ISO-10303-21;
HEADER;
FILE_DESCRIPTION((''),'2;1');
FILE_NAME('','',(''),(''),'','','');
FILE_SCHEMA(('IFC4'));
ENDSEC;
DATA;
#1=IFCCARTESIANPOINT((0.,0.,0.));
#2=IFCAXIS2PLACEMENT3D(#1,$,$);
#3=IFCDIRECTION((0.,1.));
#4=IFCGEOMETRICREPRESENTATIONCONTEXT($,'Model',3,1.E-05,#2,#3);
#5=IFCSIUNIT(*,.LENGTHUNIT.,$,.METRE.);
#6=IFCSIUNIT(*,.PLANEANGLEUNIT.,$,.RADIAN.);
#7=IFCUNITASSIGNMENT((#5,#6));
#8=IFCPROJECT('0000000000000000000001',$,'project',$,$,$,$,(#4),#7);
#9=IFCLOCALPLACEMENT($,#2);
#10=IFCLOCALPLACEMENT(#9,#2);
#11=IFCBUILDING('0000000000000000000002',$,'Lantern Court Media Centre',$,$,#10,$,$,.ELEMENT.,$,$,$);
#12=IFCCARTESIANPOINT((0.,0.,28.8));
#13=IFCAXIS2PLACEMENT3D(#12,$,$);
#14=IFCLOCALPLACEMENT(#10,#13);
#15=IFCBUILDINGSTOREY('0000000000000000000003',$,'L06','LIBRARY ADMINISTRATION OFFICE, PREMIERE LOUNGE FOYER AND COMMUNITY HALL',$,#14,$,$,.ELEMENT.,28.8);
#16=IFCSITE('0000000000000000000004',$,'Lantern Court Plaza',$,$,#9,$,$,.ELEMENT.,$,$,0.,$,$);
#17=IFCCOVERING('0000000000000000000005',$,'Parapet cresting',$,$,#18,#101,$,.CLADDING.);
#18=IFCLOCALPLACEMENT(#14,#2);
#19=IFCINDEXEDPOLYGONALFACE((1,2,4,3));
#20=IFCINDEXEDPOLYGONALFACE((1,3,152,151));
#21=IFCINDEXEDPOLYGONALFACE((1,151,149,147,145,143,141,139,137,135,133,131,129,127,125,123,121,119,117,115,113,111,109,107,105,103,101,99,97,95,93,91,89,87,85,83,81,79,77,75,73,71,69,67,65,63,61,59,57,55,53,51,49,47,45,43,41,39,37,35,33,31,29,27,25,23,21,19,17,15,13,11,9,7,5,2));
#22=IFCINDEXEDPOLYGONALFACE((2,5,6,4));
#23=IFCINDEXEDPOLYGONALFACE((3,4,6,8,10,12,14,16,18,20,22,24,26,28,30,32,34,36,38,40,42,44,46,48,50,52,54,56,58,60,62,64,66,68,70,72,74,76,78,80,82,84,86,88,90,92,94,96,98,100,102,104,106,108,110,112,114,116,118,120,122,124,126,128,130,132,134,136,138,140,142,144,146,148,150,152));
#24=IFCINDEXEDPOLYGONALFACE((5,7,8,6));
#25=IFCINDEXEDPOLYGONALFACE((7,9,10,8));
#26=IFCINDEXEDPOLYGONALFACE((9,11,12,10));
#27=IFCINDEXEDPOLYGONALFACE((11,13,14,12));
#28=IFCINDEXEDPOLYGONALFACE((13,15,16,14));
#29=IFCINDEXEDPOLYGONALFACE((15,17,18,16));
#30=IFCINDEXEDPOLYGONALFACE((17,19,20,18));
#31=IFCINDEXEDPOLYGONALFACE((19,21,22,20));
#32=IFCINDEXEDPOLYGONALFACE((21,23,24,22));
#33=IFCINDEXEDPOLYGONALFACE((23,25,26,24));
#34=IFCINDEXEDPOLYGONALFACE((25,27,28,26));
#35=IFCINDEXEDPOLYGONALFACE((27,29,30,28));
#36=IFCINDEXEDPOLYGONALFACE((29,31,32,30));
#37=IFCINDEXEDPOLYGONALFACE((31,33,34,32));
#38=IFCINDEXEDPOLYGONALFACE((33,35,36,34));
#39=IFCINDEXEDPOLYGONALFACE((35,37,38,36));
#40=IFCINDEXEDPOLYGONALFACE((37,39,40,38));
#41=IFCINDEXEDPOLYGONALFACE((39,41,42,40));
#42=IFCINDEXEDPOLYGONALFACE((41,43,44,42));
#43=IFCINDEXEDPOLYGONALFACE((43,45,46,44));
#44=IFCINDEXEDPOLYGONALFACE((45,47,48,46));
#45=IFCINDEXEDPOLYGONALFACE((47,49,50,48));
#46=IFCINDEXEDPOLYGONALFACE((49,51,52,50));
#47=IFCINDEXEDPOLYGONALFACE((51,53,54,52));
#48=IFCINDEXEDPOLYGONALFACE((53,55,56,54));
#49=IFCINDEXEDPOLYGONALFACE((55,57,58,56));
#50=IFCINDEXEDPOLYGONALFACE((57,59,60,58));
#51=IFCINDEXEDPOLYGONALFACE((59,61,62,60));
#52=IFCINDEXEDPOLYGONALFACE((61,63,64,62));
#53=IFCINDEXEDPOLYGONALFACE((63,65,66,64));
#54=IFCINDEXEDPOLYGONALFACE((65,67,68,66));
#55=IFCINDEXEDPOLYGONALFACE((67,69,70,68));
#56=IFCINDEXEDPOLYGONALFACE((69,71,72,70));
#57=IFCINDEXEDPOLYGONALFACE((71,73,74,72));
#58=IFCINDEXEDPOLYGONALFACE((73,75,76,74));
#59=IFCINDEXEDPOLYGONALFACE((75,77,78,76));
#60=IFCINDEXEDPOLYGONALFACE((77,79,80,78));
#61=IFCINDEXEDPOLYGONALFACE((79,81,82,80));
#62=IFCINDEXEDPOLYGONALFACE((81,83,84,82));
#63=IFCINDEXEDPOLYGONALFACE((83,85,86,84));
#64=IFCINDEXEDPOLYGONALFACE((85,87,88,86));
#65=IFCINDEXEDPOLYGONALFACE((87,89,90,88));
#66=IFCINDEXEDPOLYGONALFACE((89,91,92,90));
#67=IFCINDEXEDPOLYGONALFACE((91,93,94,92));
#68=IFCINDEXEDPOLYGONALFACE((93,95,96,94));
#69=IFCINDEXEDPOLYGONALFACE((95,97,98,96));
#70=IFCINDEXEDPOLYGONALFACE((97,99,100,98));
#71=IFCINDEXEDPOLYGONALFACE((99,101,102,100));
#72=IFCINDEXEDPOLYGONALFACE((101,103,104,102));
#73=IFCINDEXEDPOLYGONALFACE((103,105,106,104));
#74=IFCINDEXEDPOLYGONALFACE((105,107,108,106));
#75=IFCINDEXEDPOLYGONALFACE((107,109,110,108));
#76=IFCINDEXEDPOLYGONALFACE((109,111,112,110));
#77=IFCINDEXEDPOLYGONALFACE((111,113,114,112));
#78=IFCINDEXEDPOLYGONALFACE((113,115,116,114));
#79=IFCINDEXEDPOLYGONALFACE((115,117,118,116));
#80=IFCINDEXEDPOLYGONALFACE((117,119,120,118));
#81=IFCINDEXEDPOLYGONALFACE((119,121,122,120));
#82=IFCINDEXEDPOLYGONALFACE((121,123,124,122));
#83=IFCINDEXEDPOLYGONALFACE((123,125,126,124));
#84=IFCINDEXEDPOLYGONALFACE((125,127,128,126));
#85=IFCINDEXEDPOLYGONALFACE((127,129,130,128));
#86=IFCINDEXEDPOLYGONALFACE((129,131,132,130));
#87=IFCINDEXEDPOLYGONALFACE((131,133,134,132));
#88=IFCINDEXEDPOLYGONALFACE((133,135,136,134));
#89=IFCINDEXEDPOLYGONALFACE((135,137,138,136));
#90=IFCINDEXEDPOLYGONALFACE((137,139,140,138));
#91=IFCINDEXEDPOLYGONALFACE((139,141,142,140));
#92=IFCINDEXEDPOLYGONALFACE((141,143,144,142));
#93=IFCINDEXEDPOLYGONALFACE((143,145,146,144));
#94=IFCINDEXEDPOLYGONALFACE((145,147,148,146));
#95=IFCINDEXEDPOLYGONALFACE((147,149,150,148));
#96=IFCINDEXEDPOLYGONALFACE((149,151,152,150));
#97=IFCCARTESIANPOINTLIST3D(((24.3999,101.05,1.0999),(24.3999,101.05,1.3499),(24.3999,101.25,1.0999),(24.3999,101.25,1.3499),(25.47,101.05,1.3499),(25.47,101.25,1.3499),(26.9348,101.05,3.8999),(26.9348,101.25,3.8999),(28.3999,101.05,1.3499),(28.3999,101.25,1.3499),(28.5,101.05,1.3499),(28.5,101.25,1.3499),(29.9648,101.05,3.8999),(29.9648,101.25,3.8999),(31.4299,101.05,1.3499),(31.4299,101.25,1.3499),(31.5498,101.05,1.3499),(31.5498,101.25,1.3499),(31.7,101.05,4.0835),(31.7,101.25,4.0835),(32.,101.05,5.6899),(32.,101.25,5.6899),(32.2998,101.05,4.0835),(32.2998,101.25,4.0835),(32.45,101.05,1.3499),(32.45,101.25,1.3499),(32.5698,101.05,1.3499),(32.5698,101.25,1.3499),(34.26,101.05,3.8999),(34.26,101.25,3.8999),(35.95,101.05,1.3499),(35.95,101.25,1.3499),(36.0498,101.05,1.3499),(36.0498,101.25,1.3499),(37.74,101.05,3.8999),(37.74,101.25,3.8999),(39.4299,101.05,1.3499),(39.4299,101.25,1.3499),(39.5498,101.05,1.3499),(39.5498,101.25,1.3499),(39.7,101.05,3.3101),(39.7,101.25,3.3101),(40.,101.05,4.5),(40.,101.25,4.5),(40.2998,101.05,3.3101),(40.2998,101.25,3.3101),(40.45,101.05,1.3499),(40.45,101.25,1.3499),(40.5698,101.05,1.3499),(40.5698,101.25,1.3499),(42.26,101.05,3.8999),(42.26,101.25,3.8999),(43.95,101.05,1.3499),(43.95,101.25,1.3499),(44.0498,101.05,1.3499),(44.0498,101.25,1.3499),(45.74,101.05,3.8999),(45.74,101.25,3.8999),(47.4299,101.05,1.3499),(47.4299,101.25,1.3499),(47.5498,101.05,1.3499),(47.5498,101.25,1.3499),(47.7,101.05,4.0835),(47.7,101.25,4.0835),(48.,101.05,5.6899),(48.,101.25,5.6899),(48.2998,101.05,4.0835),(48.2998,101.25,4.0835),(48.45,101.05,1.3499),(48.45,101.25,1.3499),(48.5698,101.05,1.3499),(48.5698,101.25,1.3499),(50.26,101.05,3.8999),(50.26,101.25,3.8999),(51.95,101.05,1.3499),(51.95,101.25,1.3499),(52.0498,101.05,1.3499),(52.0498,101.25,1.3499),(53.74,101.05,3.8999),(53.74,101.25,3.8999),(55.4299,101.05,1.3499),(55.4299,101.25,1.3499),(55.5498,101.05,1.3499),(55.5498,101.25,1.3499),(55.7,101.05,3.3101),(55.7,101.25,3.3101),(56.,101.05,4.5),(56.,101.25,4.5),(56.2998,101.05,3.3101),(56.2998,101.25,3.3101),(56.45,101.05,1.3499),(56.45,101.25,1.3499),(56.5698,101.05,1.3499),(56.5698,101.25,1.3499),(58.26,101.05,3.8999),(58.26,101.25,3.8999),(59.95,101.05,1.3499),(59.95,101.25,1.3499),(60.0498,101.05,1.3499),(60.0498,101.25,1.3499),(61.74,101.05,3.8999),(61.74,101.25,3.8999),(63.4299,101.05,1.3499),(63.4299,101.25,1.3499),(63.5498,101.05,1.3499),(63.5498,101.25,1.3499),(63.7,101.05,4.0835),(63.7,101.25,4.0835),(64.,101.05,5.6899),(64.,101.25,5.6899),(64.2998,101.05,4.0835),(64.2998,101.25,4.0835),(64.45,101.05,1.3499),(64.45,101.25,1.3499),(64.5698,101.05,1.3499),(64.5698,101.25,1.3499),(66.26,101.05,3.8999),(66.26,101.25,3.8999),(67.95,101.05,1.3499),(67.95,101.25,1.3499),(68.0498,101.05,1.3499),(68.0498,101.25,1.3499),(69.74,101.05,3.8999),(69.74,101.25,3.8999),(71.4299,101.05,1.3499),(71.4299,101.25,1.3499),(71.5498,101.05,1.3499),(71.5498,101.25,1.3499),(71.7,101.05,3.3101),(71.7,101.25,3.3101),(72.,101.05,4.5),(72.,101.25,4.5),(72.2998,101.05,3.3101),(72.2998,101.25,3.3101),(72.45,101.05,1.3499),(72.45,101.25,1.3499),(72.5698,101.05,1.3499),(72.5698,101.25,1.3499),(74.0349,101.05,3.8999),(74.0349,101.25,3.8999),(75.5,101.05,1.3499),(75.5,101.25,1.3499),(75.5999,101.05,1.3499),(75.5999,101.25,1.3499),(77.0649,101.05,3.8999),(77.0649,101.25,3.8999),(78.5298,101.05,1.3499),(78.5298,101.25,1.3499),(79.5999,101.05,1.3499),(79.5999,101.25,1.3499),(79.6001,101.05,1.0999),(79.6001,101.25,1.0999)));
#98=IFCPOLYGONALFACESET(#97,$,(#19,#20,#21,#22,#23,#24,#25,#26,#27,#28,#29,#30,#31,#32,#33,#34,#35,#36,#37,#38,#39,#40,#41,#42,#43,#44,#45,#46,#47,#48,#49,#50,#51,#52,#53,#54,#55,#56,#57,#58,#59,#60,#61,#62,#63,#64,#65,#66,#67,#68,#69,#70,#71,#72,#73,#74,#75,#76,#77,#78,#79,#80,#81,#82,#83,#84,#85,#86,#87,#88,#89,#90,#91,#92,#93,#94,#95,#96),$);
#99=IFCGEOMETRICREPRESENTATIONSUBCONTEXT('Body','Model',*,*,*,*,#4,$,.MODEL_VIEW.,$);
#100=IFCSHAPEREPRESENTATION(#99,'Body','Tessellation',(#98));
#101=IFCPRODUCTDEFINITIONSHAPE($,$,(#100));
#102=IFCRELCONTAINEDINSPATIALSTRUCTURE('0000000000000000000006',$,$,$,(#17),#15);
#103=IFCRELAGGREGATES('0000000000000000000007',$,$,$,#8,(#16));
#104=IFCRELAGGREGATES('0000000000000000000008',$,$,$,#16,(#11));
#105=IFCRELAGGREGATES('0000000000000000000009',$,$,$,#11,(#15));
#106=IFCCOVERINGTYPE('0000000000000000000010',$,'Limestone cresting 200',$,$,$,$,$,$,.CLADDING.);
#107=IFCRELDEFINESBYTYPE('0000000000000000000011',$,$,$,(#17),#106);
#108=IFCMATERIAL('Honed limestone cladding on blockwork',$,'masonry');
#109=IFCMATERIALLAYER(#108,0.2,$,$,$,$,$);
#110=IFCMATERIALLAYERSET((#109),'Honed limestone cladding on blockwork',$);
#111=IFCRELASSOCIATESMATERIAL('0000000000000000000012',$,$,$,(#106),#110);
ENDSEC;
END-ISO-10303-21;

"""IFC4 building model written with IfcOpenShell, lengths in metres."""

from ifc_helpers import new_model, si_unit, direction, frame, origin, place, context, subcontext, project, spatial, polyline, outline, extrude, material, layer, layer_set, type_object, element, save


model = new_model("IFC4")

# Units and contexts
model_context = context("Model", 3, precision=1e-05, world=origin(), true_north=direction((0.0, 1.0)))
body_context = subcontext(model_context, "Body", "Model", "MODEL_VIEW")
ifc_project = project(units=[si_unit("LENGTHUNIT", "METRE"), si_unit("PLANEANGLEUNIT", "RADIAN")], contexts=[model_context])

# Site, building, storey
site_placement = place(None, origin())
site = spatial("IfcSite", under=ifc_project, at=site_placement, Name="Lantern Court Plaza", CompositionType="ELEMENT", RefElevation=0.0)
building_placement = place(site_placement, origin())
building = spatial("IfcBuilding", under=site, at=building_placement, Name="Lantern Court Media Centre", CompositionType="ELEMENT")
storey_placement = place(building_placement, frame((0.0, 0.0, 28.8)))
storey = spatial("IfcBuildingStorey", under=building, at=storey_placement, Name="L06", Description="LIBRARY ADMINISTRATION OFFICE, PREMIERE LOUNGE FOYER AND COMMUNITY HALL", CompositionType="ELEMENT", Elevation=28.8)

# Covering
ifc_material_1 = material(Name="Honed limestone cladding on blockwork", Category="masonry")
ifc_layer_1 = layer(ifc_material_1, 0.2)
ifc_layer_set_1 = layer_set([ifc_layer_1], Name="Honed limestone cladding on blockwork")
covering_type_1 = type_object("IfcCoveringType", Name="Limestone cresting 200", PredefinedType="CLADDING", material=ifc_layer_set_1)
covering_1_placement = place(storey_placement, frame((24.3999, 101.1499, 1.0999), z_axis=(0.0, 0.0, 1.0), x_axis=(1.0, 0.0, 0.0)))
element("IfcCovering", 1, at=covering_1_placement, inside=storey, type_object=covering_type_1, Name="Parapet cresting", PredefinedType="CLADDING", context=body_context, shape_type="SweptSolid", body=[
    extrude(outline(polyline([(0.0, 0.0), (55.2002, 0.0), (55.2, 0.25), (54.1299, 0.25), (52.665, 2.8), (51.2, 0.25), (51.1001, 0.25), (49.635, 2.8), (48.1699, 0.25), (48.05, 0.25), (47.8999, 2.2102), (47.6001, 3.4001), (47.3, 2.2102), (47.1499, 0.25), (47.03, 0.25), (45.3401, 2.8), (43.6499, 0.25), (43.55, 0.25), (41.8601, 2.8), (40.1699, 0.25), (40.05, 0.25), (39.8999, 2.9836), (39.6001, 4.5901), (39.3, 2.9836), (39.1499, 0.25), (39.03, 0.25), (37.3401, 2.8), (35.6499, 0.25), (35.55, 0.25), (33.8601, 2.8), (32.1699, 0.25), (32.05, 0.25), (31.8999, 2.2102), (31.6001, 3.4001), (31.3, 2.2102), (31.1499, 0.25), (31.03, 0.25), (29.3401, 2.8), (27.6499, 0.25), (27.55, 0.25), (25.8601, 2.8), (24.1699, 0.25), (24.05, 0.25), (23.8999, 2.9836), (23.6001, 4.5901), (23.3, 2.9836), (23.1499, 0.25), (23.03, 0.25), (21.3401, 2.8), (19.6499, 0.25), (19.55, 0.25), (17.8601, 2.8), (16.1699, 0.25), (16.05, 0.25), (15.8999, 2.2102), (15.6001, 3.4001), (15.3, 2.2102), (15.1499, 0.25), (15.03, 0.25), (13.3401, 2.8), (11.6499, 0.25), (11.55, 0.25), (9.8601, 2.8), (8.1699, 0.25), (8.05, 0.25), (7.8999, 2.9836), (7.6001, 4.5901), (7.3, 2.9836), (7.1499, 0.25), (7.03, 0.25), (5.5649, 2.8), (4.1001, 0.25), (4.0, 0.25), (2.5349, 2.8), (1.0701, 0.25), (0.0, 0.25), (0.0, 0.0)])), frame((0.0, 0.1001, 0.0), z_axis=(0.0, -1.0, 0.0), x_axis=(1.0, 0.0, 0.0)), (0.0, 0.0, 1.0), 0.2),
])

save(model, "model.ifc")
